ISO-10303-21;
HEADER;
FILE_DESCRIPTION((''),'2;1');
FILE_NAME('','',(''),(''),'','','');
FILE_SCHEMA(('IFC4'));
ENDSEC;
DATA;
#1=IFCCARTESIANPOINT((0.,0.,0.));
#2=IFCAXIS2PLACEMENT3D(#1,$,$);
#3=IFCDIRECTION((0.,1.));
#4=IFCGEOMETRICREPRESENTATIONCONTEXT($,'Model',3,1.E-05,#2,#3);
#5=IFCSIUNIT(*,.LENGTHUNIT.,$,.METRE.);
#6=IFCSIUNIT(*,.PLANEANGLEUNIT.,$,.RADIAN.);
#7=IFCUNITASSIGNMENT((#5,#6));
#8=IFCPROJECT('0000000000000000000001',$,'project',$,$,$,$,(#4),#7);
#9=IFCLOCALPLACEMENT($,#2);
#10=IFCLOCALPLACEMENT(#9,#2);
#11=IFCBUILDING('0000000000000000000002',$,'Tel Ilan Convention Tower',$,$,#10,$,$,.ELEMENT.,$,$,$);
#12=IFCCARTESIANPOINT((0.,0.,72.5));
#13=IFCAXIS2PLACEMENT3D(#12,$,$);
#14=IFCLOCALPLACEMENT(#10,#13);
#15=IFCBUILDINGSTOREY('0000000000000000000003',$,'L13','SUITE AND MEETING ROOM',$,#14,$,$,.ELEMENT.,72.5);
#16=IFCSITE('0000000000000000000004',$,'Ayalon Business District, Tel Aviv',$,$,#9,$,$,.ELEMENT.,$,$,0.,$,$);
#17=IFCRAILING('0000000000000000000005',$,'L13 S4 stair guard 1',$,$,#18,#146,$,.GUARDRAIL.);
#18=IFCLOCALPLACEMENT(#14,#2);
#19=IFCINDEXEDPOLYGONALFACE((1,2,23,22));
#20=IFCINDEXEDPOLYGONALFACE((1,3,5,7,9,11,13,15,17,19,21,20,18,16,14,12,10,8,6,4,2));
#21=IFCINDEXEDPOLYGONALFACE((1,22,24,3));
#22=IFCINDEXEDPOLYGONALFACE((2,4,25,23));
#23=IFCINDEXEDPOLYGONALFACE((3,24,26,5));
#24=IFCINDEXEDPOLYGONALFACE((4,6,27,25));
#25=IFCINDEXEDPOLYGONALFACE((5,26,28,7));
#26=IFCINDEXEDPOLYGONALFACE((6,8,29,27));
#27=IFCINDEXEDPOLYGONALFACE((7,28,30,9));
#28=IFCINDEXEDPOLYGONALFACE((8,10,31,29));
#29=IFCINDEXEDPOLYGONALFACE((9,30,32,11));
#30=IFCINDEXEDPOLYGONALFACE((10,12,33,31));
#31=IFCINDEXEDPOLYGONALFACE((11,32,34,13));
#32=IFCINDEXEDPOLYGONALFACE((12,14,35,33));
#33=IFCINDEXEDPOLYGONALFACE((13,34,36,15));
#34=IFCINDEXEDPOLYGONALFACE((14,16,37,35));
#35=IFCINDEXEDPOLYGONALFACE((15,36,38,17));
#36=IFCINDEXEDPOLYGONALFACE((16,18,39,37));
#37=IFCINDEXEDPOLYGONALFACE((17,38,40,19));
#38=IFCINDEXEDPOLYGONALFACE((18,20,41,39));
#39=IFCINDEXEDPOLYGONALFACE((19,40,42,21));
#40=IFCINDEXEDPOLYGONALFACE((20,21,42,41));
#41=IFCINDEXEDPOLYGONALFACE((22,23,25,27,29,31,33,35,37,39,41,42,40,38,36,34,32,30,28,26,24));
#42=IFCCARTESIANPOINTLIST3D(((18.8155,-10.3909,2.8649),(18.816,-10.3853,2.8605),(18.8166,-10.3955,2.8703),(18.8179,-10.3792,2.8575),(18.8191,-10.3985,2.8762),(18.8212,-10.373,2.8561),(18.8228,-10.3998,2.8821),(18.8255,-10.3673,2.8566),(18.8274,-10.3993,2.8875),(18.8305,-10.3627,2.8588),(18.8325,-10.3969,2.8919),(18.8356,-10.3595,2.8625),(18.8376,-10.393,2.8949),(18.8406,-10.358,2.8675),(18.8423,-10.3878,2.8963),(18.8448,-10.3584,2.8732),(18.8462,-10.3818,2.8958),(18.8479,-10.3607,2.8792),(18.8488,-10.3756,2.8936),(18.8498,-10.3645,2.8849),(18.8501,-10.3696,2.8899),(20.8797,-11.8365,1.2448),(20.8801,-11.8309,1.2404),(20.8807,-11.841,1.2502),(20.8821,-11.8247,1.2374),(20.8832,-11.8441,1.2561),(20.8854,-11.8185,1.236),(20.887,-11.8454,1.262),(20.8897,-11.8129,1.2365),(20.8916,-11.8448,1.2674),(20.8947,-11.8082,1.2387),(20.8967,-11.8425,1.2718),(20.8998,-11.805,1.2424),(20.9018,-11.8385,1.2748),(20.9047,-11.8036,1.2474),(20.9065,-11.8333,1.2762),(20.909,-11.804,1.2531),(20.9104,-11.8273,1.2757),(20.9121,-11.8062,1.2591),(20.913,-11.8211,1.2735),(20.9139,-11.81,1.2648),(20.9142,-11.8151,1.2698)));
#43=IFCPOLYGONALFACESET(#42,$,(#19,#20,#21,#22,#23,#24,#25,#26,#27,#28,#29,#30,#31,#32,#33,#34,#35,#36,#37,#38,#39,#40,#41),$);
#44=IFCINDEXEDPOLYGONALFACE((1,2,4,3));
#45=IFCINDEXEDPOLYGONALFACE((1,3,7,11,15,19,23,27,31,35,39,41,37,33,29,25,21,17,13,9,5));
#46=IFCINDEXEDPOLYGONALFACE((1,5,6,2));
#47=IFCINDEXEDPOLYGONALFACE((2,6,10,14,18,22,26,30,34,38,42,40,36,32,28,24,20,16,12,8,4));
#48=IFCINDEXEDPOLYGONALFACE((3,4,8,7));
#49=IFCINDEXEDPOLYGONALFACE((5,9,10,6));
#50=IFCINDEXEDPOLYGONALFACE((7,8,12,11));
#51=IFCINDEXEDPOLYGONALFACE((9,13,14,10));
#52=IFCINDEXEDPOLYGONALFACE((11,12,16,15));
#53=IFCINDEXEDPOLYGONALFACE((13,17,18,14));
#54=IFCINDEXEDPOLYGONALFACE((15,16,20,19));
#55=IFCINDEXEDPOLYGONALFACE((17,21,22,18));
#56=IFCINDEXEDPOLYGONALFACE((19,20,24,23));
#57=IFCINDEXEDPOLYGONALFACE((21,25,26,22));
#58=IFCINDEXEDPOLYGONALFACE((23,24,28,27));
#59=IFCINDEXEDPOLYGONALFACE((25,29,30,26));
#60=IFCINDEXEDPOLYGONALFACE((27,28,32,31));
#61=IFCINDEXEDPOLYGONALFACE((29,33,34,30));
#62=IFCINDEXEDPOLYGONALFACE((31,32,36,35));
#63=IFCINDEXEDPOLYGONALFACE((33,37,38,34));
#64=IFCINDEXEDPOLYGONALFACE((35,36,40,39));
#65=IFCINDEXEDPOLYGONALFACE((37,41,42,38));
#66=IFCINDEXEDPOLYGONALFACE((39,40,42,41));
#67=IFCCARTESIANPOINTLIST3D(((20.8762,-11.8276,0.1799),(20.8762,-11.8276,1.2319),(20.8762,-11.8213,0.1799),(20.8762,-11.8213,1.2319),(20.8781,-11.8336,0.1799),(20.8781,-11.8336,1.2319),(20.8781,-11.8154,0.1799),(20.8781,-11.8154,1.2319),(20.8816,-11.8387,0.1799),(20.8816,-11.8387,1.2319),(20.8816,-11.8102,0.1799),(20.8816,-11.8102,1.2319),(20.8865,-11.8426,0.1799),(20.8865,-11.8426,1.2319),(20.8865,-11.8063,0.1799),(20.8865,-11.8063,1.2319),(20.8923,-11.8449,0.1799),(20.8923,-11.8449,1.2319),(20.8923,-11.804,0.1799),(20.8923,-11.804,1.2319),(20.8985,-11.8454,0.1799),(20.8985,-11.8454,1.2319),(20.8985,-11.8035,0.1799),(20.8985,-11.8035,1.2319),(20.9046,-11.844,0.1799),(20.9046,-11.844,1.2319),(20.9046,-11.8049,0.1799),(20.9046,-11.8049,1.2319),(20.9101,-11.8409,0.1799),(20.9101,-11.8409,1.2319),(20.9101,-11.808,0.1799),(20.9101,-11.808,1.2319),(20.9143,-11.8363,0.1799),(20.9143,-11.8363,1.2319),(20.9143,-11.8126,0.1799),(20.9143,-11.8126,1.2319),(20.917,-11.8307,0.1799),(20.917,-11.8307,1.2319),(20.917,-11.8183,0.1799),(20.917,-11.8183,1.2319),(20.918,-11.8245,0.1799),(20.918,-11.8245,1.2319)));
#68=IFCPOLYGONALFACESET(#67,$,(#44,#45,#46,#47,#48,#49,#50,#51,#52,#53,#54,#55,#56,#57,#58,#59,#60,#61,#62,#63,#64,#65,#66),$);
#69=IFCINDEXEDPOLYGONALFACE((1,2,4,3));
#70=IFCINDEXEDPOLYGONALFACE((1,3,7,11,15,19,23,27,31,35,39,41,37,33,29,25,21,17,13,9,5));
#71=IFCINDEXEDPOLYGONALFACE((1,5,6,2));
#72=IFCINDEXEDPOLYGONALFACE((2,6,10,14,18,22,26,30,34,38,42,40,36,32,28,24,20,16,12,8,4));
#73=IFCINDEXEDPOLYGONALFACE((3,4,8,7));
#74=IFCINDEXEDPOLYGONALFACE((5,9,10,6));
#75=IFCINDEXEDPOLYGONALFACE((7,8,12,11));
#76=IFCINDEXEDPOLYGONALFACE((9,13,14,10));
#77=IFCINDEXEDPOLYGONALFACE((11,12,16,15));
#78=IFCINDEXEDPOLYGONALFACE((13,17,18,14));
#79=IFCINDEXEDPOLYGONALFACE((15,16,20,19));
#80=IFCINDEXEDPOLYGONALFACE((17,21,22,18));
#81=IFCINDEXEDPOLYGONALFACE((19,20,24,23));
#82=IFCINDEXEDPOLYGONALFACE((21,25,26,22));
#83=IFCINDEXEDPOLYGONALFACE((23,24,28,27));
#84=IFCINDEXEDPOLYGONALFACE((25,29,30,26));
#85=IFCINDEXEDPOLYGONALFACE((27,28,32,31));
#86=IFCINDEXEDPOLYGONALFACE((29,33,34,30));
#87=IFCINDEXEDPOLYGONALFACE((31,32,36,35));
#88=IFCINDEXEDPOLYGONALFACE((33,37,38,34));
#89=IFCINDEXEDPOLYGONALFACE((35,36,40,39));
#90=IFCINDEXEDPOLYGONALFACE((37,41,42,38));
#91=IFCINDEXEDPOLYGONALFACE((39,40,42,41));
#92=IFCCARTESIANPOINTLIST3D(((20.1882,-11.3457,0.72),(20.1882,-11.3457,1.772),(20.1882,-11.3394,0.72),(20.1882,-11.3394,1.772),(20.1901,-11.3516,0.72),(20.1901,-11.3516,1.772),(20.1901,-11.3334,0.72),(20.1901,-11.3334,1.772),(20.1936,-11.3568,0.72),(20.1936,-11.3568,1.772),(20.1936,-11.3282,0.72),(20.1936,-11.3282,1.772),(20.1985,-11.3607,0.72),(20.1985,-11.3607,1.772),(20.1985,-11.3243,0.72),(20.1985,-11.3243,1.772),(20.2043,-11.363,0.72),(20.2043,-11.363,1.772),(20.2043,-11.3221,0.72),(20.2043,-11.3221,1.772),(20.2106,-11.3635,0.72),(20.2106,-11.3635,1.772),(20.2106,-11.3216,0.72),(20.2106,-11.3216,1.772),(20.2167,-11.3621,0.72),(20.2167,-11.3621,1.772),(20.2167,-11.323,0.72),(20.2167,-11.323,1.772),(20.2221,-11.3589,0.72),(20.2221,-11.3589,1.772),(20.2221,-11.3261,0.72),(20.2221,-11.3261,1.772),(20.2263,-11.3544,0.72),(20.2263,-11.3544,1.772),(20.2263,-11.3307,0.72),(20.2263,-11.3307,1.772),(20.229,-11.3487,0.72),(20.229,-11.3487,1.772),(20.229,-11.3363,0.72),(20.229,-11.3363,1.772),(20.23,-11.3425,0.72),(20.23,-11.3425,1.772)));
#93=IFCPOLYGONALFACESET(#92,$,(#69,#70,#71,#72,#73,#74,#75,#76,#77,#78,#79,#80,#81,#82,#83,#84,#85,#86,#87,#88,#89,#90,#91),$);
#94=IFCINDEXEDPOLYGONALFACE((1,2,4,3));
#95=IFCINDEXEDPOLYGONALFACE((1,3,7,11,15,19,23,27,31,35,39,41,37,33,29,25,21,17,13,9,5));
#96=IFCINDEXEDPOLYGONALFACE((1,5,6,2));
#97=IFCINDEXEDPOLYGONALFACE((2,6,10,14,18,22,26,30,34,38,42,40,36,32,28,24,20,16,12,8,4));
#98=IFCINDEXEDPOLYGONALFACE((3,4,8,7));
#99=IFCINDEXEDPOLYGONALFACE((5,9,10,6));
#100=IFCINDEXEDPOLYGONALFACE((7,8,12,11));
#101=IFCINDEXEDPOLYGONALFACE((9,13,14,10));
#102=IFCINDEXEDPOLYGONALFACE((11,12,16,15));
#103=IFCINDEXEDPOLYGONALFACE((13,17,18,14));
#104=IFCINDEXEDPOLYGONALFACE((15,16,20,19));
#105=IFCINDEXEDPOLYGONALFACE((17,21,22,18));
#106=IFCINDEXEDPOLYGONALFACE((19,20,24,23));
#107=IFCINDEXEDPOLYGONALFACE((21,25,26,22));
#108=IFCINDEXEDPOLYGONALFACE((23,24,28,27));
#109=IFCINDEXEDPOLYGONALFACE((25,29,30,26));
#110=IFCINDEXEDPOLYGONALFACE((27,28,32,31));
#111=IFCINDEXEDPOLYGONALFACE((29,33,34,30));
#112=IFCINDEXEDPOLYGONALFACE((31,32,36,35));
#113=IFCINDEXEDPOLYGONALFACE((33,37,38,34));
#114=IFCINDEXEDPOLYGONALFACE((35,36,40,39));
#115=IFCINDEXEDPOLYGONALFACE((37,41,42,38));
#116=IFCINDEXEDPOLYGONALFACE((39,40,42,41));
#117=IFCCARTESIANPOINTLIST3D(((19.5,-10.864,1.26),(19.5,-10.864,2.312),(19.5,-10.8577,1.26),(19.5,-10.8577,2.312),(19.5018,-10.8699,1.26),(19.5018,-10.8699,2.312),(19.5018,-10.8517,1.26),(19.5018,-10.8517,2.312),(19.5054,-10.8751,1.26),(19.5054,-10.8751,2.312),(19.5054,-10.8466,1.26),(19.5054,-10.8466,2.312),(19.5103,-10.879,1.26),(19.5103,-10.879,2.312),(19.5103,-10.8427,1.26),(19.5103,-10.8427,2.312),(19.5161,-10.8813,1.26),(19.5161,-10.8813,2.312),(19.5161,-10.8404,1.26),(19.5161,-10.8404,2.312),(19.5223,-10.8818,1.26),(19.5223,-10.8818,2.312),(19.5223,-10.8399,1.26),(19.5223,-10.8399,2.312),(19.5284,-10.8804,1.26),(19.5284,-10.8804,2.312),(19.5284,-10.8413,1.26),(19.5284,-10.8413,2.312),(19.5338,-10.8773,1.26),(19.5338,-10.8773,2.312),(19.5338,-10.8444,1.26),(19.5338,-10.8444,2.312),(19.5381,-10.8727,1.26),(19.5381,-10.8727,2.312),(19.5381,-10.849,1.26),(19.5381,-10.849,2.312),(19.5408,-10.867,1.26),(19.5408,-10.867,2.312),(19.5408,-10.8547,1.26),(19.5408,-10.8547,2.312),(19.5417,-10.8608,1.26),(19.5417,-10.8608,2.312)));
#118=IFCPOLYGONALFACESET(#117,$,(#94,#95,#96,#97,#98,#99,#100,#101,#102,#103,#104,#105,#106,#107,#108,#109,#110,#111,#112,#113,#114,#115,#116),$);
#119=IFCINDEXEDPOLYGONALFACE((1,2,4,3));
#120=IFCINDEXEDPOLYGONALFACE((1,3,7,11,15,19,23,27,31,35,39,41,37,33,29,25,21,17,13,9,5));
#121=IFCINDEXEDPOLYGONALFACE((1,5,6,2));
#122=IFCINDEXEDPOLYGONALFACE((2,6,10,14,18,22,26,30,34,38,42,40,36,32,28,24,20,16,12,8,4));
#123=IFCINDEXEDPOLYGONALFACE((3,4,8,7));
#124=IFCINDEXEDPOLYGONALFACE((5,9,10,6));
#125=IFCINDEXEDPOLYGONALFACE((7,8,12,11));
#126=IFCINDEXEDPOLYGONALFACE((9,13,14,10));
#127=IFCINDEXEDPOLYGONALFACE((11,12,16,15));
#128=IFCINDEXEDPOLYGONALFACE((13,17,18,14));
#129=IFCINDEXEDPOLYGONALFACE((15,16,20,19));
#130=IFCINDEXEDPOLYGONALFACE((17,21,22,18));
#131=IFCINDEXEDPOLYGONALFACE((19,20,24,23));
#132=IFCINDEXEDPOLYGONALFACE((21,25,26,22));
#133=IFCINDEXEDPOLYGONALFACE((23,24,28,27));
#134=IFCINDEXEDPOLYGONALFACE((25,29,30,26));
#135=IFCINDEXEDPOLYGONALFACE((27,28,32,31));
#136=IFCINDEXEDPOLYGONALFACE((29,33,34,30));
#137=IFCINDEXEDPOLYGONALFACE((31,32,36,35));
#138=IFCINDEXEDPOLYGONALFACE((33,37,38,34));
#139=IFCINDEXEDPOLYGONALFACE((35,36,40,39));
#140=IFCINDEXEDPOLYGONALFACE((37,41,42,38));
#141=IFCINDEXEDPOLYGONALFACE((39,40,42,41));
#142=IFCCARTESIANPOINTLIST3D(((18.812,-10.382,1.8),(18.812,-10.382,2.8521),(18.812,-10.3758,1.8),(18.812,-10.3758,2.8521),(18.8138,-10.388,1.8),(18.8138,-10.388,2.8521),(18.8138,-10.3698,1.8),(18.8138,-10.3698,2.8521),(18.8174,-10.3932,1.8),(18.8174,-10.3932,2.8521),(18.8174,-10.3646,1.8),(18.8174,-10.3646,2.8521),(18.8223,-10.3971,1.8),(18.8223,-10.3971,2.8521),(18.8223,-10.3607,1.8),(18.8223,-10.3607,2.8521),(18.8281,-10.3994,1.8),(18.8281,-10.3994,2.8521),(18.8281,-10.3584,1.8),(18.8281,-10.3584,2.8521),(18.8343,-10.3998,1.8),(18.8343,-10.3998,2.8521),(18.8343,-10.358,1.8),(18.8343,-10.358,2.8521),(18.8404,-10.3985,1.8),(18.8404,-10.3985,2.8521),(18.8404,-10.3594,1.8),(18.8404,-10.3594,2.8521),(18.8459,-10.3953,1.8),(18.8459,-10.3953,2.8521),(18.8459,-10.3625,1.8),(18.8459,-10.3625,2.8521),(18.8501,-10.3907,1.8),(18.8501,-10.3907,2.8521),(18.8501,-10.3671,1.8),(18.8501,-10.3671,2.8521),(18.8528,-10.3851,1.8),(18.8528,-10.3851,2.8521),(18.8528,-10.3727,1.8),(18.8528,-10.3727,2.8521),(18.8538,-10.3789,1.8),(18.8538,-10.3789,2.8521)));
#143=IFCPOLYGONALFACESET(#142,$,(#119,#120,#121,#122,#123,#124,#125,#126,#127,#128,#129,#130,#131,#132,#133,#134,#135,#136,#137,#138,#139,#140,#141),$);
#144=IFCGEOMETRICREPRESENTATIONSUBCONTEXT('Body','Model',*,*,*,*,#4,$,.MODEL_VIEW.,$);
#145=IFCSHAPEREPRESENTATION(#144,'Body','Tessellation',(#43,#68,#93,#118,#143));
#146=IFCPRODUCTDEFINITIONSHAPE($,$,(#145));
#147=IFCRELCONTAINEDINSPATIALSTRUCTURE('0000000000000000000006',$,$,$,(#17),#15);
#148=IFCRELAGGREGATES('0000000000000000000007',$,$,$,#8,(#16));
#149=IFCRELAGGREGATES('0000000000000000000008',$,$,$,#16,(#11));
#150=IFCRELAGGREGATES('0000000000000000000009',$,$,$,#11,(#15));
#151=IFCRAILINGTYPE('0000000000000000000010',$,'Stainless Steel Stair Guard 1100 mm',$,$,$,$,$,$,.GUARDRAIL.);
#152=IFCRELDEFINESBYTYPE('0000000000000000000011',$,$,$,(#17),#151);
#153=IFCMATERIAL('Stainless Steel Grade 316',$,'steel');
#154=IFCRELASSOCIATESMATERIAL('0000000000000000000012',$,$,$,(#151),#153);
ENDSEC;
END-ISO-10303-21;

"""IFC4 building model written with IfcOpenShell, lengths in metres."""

from ifc_helpers import new_model, si_unit, direction, frame, origin, origin_2d, place, context, subcontext, project, spatial, circle, extrude, material, type_object, element, save


model = new_model("IFC4")

# Units and contexts
model_context = context("Model", 3, precision=1e-05, world=origin(), true_north=direction((0.0, 1.0)))
body_context = subcontext(model_context, "Body", "Model", "MODEL_VIEW")
ifc_project = project(units=[si_unit("LENGTHUNIT", "METRE"), si_unit("PLANEANGLEUNIT", "RADIAN")], contexts=[model_context])

# Site, building, storey
site_placement = place(None, origin())
site = spatial("IfcSite", under=ifc_project, at=site_placement, Name="Ayalon Business District, Tel Aviv", CompositionType="ELEMENT", RefElevation=0.0)
building_placement = place(site_placement, origin())
building = spatial("IfcBuilding", under=site, at=building_placement, Name="Tel Ilan Convention Tower", CompositionType="ELEMENT")
storey_placement = place(building_placement, frame((0.0, 0.0, 72.5)))
storey = spatial("IfcBuildingStorey", under=building, at=storey_placement, Name="L13", Description="SUITE AND MEETING ROOM", CompositionType="ELEMENT", Elevation=72.5)

# Railing
ifc_material_1 = material(Name="Stainless Steel Grade 316", Category="steel")
railing_type_1 = type_object("IfcRailingType", Name="Stainless Steel Stair Guard 1100 mm", PredefinedType="GUARDRAIL", material=ifc_material_1)
railing_1_placement = place(storey_placement, frame((20.897, -11.8245, 0.1799)))
element("IfcRailing", 1, at=railing_1_placement, inside=storey, type_object=railing_type_1, Name="L13 S4 stair guard 1", PredefinedType="GUARDRAIL", context=body_context, shape_type="SweptSolid", body=[
    extrude(circle(Radius=0.0239, at=origin_2d()), frame((0.0, 0.0, 1.0762), z_axis=(-0.689013, 0.482513, 0.540779), x_axis=(-0.573625, -0.819118, 0.0)), (0.0, 0.0, 1.0), 2.9958),
    extrude(circle(Radius=0.021, at=origin_2d()), origin(), (0.0, 0.0, 1.0), 1.052),
    extrude(circle(Radius=0.021, at=origin_2d()), frame((-0.688, 0.4819, 0.54)), (0.0, 0.0, 1.0), 1.052),
    extrude(circle(Radius=0.021, at=origin_2d()), frame((-1.3762, 0.9636, 1.0801)), (0.0, 0.0, 1.0), 1.052),
    extrude(circle(Radius=0.021, at=origin_2d()), frame((-2.0642, 1.4456, 1.6201)), (0.0, 0.0, 1.0), 1.052),
])

save(model, "model.ifc")
